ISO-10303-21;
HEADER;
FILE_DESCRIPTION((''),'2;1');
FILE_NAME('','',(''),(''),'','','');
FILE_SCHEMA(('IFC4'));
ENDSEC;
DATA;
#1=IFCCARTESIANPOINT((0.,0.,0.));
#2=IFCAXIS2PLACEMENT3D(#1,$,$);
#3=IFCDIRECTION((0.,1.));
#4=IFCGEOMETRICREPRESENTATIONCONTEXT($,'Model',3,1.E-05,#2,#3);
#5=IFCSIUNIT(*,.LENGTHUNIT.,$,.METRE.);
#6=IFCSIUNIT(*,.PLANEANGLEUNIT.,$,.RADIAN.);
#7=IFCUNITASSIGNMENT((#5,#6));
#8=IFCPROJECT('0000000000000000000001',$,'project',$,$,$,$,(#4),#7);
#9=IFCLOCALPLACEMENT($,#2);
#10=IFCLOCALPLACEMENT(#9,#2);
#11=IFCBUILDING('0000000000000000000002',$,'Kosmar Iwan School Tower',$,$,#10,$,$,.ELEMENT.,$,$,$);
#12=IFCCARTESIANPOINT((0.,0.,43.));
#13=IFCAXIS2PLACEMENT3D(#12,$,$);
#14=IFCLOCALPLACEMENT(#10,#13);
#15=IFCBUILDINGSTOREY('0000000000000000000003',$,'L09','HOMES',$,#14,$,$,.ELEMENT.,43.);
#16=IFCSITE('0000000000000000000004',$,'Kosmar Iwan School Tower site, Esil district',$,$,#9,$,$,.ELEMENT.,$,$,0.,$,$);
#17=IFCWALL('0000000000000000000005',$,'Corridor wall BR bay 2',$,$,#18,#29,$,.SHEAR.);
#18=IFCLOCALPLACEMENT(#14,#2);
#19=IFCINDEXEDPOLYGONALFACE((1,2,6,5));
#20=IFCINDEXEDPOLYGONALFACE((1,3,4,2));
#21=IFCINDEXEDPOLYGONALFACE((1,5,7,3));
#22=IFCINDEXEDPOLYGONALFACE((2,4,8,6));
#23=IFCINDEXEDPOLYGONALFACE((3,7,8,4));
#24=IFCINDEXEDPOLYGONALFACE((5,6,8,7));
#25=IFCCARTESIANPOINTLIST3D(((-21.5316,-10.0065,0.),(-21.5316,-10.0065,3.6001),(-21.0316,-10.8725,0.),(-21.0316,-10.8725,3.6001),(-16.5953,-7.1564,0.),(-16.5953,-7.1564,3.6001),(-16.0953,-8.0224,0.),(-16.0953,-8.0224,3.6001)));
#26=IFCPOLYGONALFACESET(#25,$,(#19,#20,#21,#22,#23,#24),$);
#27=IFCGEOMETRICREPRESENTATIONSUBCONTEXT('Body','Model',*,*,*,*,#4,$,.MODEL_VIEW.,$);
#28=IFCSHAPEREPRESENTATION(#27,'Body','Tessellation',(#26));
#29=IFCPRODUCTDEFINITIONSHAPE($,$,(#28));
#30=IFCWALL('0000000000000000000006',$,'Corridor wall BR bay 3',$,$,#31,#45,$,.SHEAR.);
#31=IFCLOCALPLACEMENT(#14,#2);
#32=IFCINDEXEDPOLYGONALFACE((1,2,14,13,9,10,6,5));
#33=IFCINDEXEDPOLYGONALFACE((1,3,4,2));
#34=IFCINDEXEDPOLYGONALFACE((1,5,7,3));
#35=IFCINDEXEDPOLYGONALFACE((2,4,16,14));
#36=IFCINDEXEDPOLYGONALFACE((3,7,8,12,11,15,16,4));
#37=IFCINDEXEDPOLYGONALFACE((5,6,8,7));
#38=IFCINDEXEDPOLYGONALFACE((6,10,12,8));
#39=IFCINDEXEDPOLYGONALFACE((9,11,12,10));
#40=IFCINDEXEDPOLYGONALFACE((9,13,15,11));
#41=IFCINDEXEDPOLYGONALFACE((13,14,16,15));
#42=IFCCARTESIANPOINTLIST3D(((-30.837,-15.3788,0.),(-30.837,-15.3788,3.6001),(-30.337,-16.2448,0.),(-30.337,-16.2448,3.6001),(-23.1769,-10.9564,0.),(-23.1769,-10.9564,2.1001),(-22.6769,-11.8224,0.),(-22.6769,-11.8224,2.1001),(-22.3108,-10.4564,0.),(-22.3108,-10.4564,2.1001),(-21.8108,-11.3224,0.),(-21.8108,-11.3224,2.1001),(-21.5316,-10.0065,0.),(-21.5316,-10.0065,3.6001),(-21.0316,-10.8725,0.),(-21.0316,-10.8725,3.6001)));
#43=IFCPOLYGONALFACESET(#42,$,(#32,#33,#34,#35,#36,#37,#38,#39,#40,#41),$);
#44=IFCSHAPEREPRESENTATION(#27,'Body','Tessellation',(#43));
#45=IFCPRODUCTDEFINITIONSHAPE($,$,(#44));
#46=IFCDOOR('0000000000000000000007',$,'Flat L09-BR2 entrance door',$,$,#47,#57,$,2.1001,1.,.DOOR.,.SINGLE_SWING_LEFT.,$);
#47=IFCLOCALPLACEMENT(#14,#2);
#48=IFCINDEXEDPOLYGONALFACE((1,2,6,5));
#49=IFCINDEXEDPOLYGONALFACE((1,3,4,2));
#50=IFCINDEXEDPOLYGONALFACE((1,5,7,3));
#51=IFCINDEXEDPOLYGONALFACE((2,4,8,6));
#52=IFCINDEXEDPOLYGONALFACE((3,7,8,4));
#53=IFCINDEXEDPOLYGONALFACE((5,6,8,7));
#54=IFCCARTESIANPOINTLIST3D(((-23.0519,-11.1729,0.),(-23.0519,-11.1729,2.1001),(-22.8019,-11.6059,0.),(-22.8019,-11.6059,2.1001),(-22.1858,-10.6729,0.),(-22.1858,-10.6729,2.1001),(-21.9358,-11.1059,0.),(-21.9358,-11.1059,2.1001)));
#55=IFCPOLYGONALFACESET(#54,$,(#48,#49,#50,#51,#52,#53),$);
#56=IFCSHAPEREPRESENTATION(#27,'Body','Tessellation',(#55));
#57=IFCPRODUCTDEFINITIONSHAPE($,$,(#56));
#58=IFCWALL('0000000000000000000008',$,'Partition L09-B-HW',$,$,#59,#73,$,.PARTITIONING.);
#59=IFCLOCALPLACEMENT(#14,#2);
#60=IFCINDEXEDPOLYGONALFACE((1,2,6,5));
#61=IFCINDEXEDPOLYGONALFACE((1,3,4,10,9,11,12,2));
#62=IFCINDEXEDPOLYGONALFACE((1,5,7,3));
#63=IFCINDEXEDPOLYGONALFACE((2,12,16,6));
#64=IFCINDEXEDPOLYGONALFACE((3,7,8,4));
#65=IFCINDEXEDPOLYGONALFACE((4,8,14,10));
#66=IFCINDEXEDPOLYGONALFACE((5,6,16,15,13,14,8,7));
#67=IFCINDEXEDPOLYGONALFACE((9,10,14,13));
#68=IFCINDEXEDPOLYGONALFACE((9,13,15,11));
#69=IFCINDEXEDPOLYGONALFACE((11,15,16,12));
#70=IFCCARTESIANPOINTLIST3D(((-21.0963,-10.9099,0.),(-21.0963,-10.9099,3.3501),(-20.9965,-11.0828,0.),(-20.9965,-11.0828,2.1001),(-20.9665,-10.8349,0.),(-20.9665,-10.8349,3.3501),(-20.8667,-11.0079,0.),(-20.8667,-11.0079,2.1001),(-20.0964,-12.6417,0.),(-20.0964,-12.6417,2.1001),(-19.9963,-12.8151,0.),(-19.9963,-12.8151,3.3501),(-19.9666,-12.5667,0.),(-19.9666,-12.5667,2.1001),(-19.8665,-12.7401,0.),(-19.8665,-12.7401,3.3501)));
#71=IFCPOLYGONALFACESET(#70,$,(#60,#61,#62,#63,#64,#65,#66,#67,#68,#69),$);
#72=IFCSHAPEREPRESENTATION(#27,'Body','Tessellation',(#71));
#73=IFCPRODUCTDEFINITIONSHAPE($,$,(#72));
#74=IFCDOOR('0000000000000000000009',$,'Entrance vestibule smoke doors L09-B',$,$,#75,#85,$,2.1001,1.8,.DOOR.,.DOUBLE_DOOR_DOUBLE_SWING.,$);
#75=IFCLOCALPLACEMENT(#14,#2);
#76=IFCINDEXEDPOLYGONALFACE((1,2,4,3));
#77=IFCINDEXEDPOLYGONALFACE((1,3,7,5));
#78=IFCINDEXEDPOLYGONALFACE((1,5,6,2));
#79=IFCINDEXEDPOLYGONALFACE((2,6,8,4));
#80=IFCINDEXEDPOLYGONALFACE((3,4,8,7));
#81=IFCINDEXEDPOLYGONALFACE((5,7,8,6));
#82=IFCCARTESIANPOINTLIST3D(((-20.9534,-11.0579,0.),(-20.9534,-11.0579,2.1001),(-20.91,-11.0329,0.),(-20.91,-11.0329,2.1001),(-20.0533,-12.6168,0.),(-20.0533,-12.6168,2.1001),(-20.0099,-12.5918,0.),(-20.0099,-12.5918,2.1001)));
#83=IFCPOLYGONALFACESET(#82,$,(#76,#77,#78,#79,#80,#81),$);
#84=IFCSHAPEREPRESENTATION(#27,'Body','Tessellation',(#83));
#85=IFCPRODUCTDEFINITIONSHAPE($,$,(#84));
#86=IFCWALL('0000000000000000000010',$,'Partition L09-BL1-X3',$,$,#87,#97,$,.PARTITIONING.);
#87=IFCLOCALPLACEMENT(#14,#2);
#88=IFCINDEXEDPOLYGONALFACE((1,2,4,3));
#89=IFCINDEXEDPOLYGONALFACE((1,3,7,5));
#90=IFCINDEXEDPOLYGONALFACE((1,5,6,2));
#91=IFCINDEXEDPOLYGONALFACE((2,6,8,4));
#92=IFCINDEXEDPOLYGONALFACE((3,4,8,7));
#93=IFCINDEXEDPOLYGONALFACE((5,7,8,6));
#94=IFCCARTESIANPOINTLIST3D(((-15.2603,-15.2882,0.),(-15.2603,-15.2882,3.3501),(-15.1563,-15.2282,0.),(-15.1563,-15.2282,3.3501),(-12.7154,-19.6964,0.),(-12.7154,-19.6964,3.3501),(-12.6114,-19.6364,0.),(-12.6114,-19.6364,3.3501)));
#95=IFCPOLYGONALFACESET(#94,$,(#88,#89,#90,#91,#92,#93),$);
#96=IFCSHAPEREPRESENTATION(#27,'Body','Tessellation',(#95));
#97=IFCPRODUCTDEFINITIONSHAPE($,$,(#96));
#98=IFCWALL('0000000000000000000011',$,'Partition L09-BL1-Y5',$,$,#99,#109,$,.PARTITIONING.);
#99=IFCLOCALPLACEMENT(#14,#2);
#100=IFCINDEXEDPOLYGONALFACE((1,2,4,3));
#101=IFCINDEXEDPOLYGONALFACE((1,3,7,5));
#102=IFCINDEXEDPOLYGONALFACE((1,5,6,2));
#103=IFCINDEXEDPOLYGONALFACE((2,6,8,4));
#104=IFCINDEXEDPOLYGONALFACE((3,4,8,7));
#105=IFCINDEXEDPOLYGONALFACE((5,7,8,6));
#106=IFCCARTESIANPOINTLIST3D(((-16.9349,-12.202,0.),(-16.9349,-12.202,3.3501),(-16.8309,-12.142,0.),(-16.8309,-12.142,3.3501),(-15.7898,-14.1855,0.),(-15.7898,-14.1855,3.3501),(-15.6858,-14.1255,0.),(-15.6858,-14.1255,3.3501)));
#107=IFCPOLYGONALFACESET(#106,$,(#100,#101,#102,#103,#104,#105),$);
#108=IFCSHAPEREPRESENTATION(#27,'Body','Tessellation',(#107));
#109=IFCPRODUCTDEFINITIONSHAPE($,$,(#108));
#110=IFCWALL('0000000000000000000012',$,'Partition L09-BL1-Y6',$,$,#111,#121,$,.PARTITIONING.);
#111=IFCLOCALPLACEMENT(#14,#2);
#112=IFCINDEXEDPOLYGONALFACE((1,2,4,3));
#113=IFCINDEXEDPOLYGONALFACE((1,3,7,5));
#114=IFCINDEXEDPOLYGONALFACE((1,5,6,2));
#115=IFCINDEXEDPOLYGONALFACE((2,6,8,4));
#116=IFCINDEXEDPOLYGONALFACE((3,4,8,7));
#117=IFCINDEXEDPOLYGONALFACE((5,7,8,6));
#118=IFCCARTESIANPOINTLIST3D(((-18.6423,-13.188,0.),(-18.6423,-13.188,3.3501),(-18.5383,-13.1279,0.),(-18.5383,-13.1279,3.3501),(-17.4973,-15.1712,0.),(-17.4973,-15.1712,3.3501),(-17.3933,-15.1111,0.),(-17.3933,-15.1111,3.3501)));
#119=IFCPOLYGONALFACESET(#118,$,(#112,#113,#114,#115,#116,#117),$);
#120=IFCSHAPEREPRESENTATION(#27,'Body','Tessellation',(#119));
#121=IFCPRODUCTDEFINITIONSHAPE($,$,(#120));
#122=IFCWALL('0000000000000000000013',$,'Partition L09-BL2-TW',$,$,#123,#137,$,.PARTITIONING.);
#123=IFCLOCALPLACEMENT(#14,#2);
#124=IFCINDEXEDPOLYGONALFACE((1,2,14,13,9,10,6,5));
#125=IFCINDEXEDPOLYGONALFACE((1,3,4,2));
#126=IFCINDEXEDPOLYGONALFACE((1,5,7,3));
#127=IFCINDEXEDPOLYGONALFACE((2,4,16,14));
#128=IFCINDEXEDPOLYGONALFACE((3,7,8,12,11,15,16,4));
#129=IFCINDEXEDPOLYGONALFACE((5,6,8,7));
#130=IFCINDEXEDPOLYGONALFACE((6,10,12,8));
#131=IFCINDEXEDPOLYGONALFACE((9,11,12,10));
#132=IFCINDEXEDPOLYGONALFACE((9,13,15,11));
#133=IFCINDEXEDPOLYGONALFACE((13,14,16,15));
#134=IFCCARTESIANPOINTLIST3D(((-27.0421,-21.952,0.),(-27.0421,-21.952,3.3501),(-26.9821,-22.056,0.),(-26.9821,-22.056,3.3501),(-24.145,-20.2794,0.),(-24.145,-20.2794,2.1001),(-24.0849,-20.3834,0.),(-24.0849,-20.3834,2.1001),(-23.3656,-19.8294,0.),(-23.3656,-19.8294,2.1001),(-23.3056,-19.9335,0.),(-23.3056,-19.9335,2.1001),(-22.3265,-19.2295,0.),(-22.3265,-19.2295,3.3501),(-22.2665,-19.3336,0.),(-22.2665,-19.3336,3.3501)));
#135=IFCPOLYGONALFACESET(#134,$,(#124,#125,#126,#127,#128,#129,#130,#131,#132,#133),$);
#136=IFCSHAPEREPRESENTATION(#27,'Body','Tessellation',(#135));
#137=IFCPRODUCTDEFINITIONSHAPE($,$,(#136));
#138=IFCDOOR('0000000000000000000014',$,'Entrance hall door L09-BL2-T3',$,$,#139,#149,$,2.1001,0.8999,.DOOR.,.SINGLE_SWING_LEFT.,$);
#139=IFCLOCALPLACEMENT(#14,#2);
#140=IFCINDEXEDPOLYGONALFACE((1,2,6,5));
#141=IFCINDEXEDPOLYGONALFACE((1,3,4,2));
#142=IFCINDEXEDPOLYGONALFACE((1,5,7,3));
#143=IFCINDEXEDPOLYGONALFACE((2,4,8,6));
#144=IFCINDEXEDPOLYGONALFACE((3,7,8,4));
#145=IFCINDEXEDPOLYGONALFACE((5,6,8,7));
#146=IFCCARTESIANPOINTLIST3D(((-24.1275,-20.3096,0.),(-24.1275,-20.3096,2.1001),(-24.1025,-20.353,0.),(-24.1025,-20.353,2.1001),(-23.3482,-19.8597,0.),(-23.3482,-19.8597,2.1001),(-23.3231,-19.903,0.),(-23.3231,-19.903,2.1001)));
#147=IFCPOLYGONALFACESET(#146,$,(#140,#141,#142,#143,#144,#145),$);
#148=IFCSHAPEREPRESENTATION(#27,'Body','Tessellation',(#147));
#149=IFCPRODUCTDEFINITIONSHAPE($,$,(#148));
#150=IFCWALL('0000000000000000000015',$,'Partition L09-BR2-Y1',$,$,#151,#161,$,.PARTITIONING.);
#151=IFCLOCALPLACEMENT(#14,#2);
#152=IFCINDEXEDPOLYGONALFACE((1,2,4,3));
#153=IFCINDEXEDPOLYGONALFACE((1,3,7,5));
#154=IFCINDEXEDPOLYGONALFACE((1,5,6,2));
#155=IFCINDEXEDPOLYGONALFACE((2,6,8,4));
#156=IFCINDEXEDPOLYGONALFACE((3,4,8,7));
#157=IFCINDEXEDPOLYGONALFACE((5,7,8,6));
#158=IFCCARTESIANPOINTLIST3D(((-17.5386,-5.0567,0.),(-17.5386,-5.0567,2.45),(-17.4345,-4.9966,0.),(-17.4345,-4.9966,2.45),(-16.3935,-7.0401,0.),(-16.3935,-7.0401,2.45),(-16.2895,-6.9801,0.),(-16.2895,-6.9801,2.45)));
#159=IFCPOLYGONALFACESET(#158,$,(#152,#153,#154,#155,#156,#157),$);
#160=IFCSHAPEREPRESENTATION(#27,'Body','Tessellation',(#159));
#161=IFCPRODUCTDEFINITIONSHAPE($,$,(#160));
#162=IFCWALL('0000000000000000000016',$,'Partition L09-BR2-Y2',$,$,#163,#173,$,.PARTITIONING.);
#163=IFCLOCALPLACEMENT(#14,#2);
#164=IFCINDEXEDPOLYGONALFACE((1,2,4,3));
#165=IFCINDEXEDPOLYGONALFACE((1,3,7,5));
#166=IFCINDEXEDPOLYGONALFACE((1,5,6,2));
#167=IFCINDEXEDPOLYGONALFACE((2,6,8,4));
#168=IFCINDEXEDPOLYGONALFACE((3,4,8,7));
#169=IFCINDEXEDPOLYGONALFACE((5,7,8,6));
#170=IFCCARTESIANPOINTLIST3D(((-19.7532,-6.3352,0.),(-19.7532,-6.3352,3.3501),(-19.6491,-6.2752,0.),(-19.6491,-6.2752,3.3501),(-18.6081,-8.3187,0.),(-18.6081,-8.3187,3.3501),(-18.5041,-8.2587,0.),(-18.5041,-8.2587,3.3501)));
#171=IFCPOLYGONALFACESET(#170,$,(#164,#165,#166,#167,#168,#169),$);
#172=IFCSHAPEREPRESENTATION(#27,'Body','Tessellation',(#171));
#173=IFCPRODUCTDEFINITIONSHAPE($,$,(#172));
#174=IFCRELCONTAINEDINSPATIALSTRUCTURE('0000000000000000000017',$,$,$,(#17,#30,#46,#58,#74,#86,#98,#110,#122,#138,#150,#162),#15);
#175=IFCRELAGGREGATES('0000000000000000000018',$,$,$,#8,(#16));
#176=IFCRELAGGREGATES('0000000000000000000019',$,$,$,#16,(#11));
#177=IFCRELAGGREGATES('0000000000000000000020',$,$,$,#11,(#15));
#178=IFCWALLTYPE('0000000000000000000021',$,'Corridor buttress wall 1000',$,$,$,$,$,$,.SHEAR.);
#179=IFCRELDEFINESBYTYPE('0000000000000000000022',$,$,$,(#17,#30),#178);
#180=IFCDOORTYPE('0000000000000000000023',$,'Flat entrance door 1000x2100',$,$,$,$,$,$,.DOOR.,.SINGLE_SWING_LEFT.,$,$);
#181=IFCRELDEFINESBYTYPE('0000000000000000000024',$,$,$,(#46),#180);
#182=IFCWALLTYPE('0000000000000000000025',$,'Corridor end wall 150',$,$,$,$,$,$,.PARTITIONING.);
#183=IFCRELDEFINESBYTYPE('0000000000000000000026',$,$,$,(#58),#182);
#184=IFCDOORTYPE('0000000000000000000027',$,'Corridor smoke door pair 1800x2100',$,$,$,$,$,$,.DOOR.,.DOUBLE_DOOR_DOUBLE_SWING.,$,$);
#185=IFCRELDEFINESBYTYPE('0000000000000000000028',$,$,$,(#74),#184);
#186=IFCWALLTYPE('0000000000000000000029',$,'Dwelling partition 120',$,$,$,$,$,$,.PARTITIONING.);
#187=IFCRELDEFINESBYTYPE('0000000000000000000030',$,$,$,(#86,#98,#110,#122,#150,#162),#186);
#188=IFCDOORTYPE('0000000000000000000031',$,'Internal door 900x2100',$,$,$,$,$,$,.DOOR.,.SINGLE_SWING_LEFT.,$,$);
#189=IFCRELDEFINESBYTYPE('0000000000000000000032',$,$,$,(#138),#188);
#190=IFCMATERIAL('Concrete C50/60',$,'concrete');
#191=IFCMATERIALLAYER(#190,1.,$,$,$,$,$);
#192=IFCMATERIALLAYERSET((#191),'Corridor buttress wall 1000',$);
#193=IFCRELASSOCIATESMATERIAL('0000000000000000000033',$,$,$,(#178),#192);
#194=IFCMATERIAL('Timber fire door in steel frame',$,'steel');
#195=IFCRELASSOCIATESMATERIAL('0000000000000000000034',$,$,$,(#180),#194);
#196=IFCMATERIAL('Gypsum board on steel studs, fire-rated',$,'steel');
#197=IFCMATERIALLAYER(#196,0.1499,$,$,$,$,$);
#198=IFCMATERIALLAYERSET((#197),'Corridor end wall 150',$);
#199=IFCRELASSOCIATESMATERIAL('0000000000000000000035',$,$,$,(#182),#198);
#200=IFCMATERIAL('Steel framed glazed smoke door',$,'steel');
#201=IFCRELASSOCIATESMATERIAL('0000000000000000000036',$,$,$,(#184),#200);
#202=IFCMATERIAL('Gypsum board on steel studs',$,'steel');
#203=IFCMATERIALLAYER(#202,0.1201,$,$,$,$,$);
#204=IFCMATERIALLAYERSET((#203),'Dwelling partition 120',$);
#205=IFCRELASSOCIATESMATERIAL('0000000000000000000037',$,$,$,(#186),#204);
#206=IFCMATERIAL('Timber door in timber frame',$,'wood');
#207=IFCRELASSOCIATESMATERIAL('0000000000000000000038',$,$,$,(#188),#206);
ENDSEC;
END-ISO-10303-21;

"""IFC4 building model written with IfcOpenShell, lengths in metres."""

from ifc_helpers import new_model, si_unit, direction, frame, frame_2d, origin, place, context, subcontext, project, spatial, rectangle, extrude, material, layer, layer_set, type_object, element, fill, save


model = new_model("IFC4")

# Units and contexts
model_context = context("Model", 3, precision=1e-05, world=origin(), true_north=direction((0.0, 1.0)))
body_context = subcontext(model_context, "Body", "Model", "MODEL_VIEW")
ifc_project = project(units=[si_unit("LENGTHUNIT", "METRE"), si_unit("PLANEANGLEUNIT", "RADIAN")], contexts=[model_context])

# Site, building, storey
site_placement = place(None, origin())
site = spatial("IfcSite", under=ifc_project, at=site_placement, Name="Kosmar Iwan School Tower site, Esil district", CompositionType="ELEMENT", RefElevation=0.0)
building_placement = place(site_placement, origin())
building = spatial("IfcBuilding", under=site, at=building_placement, Name="Kosmar Iwan School Tower", CompositionType="ELEMENT")
storey_placement = place(building_placement, frame((0.0, 0.0, 43.0)))
storey = spatial("IfcBuildingStorey", under=building, at=storey_placement, Name="L09", Description="HOMES", CompositionType="ELEMENT", Elevation=43.0)

# Shared definitions
ifc_material_1 = material(Name="Concrete C50/60", Category="concrete")
ifc_layer_1 = layer(ifc_material_1, 1.0)
ifc_layer_set_1 = layer_set([ifc_layer_1], Name="Corridor buttress wall 1000")
wall_type_1 = type_object("IfcWallType", Name="Corridor buttress wall 1000", PredefinedType="SHEAR", material=ifc_layer_set_1)
ifc_material_2 = material(Name="Timber fire door in steel frame", Category="steel")
door_type_1 = type_object("IfcDoorType", Name="Flat entrance door 1000x2100", OperationType="SINGLE_SWING_LEFT", PredefinedType="DOOR", material=ifc_material_2)

# Wall
wall_1_placement = place(storey_placement, frame((-16.3452, -7.5894, 0.0), z_axis=(0.0, 0.0, 1.0), x_axis=(-0.866015, -0.500018, 0.0)))
element("IfcWall", 1, at=wall_1_placement, inside=storey, type_object=wall_type_1, Name="Corridor wall BR bay 2", PredefinedType="SHEAR", context=body_context, shape_type="SweptSolid", body=[
    extrude(rectangle(XDim=5.7, YDim=1.0, at=frame_2d((2.8501, 0.0))), origin(), (0.0, 0.0, 1.0), 3.6001),
])

# Walls, openings, doors
wall_2_placement = place(storey_placement, frame((-21.2815, -10.4395, 0.0), z_axis=(0.0, 0.0, 1.0), x_axis=(-0.866032, -0.499988, 0.0)))
wall_2 = element("IfcWall", 2, at=wall_2_placement, inside=storey, type_object=wall_type_1, Name="Corridor wall BR bay 3", PredefinedType="SHEAR", context=body_context, shape_type="SweptSolid", body=[
    extrude(rectangle(XDim=10.7449, YDim=1.0, at=frame_2d((5.3726, 0.0))), origin(), (0.0, 0.0, 1.0), 3.6001),
])
opening_1_placement = place(wall_2_placement, frame((0.8999, 0.0, 0.0)))
opening_1 = element("IfcOpeningElement", 3, at=opening_1_placement, cuts=wall_2, PredefinedType="OPENING", context=body_context, shape_type="SweptSolid", body=[
    extrude(rectangle(XDim=1.0, YDim=2.1001, at=frame_2d((0.5, 1.05))), frame((0.0, 0.512, 0.0), z_axis=(0.0, -1.0, 0.0), x_axis=(1.0, 0.0, 0.0)), (0.0, 0.0, 1.0), 1.0239),
])
door_1_placement = place(opening_1_placement, origin())
door_1 = element("IfcDoor", 4, at=door_1_placement, inside=storey, type_object=door_type_1, Name="Flat L09-BR2 entrance door", OperationType="SINGLE_SWING_LEFT", OverallHeight=2.1001, OverallWidth=1.0, PredefinedType="DOOR", context=body_context, shape_type="SweptSolid", body=[
    extrude(rectangle(XDim=1.0, YDim=2.1001, at=frame_2d((0.5, 1.05))), frame((0.0, 0.25, 0.0), z_axis=(0.0, -1.0, 0.0), x_axis=(1.0, 0.0, 0.0)), (0.0, 0.0, 1.0), 0.5),
])
fill(opening_1, door_1)
ifc_material_3 = material(Name="Gypsum board on steel studs, fire-rated", Category="steel")
ifc_layer_2 = layer(ifc_material_3, 0.1499)
ifc_layer_set_2 = layer_set([ifc_layer_2], Name="Corridor end wall 150")
wall_type_2 = type_object("IfcWallType", Name="Corridor end wall 150", PredefinedType="PARTITIONING", material=ifc_layer_set_2)
wall_3_placement = place(storey_placement, frame((-21.0315, -10.8723, 0.0), z_axis=(0.0, 0.0, 1.0), x_axis=(0.50003, -0.866008, 0.0)))
wall_3 = element("IfcWall", 5, at=wall_3_placement, inside=storey, type_object=wall_type_2, Name="Partition L09-B-HW", PredefinedType="PARTITIONING", context=body_context, shape_type="SweptSolid", body=[
    extrude(rectangle(XDim=2.2, YDim=0.1499, at=frame_2d((1.1001, 0.0))), origin(), (0.0, 0.0, 1.0), 3.3501),
])
opening_2_placement = place(wall_3_placement, frame((0.2, 0.0, 0.0)))
opening_2 = element("IfcOpeningElement", 6, at=opening_2_placement, cuts=wall_3, PredefinedType="OPENING", context=body_context, shape_type="SweptSolid", body=[
    extrude(rectangle(XDim=1.8, YDim=2.1001, at=frame_2d((0.8999, 1.05))), frame((0.0, 0.0869, 0.0), z_axis=(0.0, -1.0, 0.0), x_axis=(1.0, 0.0, 0.0)), (0.0, 0.0, 1.0), 0.1738),
])
ifc_material_4 = material(Name="Steel framed glazed smoke door", Category="steel")
door_type_2 = type_object("IfcDoorType", Name="Corridor smoke door pair 1800x2100", OperationType="DOUBLE_DOOR_DOUBLE_SWING", PredefinedType="DOOR", material=ifc_material_4)
door_2_placement = place(opening_2_placement, origin())
door_2 = element("IfcDoor", 7, at=door_2_placement, inside=storey, type_object=door_type_2, Name="Entrance vestibule smoke doors L09-B", OperationType="DOUBLE_DOOR_DOUBLE_SWING", OverallHeight=2.1001, OverallWidth=1.8, PredefinedType="DOOR", context=body_context, shape_type="SweptSolid", body=[
    extrude(rectangle(XDim=1.8, YDim=2.1001, at=frame_2d((0.8999, 1.05))), frame((0.0, 0.0249, 0.0), z_axis=(0.0, -1.0, 0.0), x_axis=(1.0, 0.0, 0.0)), (0.0, 0.0, 1.0), 0.05),
])
fill(opening_2, door_2)

# Walls
ifc_material_5 = material(Name="Gypsum board on steel studs", Category="steel")
ifc_layer_3 = layer(ifc_material_5, 0.1201)
ifc_layer_set_3 = layer_set([ifc_layer_3], Name="Dwelling partition 120")
wall_type_3 = type_object("IfcWallType", Name="Dwelling partition 120", PredefinedType="PARTITIONING", material=ifc_layer_set_3)
wall_4_placement = place(storey_placement, frame((-15.2083, -15.2583, 0.0), z_axis=(0.0, 0.0, 1.0), x_axis=(0.499977, -0.866039, 0.0)))
element("IfcWall", 8, at=wall_4_placement, inside=storey, type_object=wall_type_3, Name="Partition L09-BL1-X3", PredefinedType="PARTITIONING", context=body_context, shape_type="SweptSolid", body=[
    extrude(rectangle(XDim=5.0901, YDim=0.1201, at=frame_2d((2.5449, 0.0))), origin(), (0.0, 0.0, 1.0), 3.3501),
])
wall_5_placement = place(storey_placement, frame((-16.8828, -12.1721, 0.0), z_axis=(0.0, 0.0, 1.0), x_axis=(0.499969, -0.866044, 0.0)))
element("IfcWall", 9, at=wall_5_placement, inside=storey, type_object=wall_type_3, Name="Partition L09-BL1-Y5", PredefinedType="PARTITIONING", context=body_context, shape_type="SweptSolid", body=[
    extrude(rectangle(XDim=2.2903, YDim=0.1201, at=frame_2d((1.145, 0.0))), origin(), (0.0, 0.0, 1.0), 3.3501),
])
wall_6_placement = place(storey_placement, frame((-18.5903, -13.158, 0.0), z_axis=(0.0, 0.0, 1.0), x_axis=(0.500015, -0.866017, 0.0)))
element("IfcWall", 10, at=wall_6_placement, inside=storey, type_object=wall_type_3, Name="Partition L09-BL1-Y6", PredefinedType="PARTITIONING", context=body_context, shape_type="SweptSolid", body=[
    extrude(rectangle(XDim=2.29, YDim=0.1201, at=frame_2d((1.145, 0.0))), origin(), (0.0, 0.0, 1.0), 3.3501),
])

# Wall, opening, door
wall_7_placement = place(storey_placement, frame((-22.2964, -19.2815, 0.0), z_axis=(0.0, 0.0, 1.0), x_axis=(-0.866036, -0.499982, 0.0)))
wall_7 = element("IfcWall", 11, at=wall_7_placement, inside=storey, type_object=wall_type_3, Name="Partition L09-BL2-TW", PredefinedType="PARTITIONING", context=body_context, shape_type="SweptSolid", body=[
    extrude(rectangle(XDim=5.4451, YDim=0.1201, at=frame_2d((2.7227, 0.0))), origin(), (0.0, 0.0, 1.0), 3.3501),
])
opening_3_placement = place(wall_7_placement, frame((1.2, 0.0, 0.0)))
opening_3 = element("IfcOpeningElement", 12, at=opening_3_placement, cuts=wall_7, PredefinedType="OPENING", context=body_context, shape_type="SweptSolid", body=[
    extrude(rectangle(XDim=0.8999, YDim=2.1001, at=frame_2d((0.45, 1.05))), frame((0.0, 0.072, 0.0), z_axis=(0.0, -1.0, 0.0), x_axis=(1.0, 0.0, 0.0)), (0.0, 0.0, 1.0), 0.144),
])
ifc_material_6 = material(Name="Timber door in timber frame", Category="wood")
door_type_3 = type_object("IfcDoorType", Name="Internal door 900x2100", OperationType="SINGLE_SWING_LEFT", PredefinedType="DOOR", material=ifc_material_6)
door_3_placement = place(opening_3_placement, origin())
door_3 = element("IfcDoor", 13, at=door_3_placement, inside=storey, type_object=door_type_3, Name="Entrance hall door L09-BL2-T3", OperationType="SINGLE_SWING_LEFT", OverallHeight=2.1001, OverallWidth=0.8999, PredefinedType="DOOR", context=body_context, shape_type="SweptSolid", body=[
    extrude(rectangle(XDim=0.8999, YDim=2.1001, at=frame_2d((0.45, 1.05))), frame((0.0, 0.0249, 0.0), z_axis=(0.0, -1.0, 0.0), x_axis=(1.0, 0.0, 0.0)), (0.0, 0.0, 1.0), 0.05),
])
fill(opening_3, door_3)

# Walls
wall_8_placement = place(storey_placement, frame((-16.3416, -7.01, 0.0), z_axis=(0.0, 0.0, 1.0), x_axis=(-0.499969, 0.866044, 0.0)))
element("IfcWall", 14, at=wall_8_placement, inside=storey, type_object=wall_type_3, Name="Partition L09-BR2-Y1", PredefinedType="PARTITIONING", context=body_context, shape_type="SweptSolid", body=[
    extrude(rectangle(XDim=2.2903, YDim=0.1201, at=frame_2d((1.145, 0.0))), origin(), (0.0, 0.0, 1.0), 2.45),
])
wall_9_placement = place(storey_placement, frame((-18.5562, -8.2886, 0.0), z_axis=(0.0, 0.0, 1.0), x_axis=(-0.499969, 0.866044, 0.0)))
element("IfcWall", 15, at=wall_9_placement, inside=storey, type_object=wall_type_3, Name="Partition L09-BR2-Y2", PredefinedType="PARTITIONING", context=body_context, shape_type="SweptSolid", body=[
    extrude(rectangle(XDim=2.2903, YDim=0.1201, at=frame_2d((1.145, 0.0))), origin(), (0.0, 0.0, 1.0), 3.3501),
])

save(model, "model.ifc")
